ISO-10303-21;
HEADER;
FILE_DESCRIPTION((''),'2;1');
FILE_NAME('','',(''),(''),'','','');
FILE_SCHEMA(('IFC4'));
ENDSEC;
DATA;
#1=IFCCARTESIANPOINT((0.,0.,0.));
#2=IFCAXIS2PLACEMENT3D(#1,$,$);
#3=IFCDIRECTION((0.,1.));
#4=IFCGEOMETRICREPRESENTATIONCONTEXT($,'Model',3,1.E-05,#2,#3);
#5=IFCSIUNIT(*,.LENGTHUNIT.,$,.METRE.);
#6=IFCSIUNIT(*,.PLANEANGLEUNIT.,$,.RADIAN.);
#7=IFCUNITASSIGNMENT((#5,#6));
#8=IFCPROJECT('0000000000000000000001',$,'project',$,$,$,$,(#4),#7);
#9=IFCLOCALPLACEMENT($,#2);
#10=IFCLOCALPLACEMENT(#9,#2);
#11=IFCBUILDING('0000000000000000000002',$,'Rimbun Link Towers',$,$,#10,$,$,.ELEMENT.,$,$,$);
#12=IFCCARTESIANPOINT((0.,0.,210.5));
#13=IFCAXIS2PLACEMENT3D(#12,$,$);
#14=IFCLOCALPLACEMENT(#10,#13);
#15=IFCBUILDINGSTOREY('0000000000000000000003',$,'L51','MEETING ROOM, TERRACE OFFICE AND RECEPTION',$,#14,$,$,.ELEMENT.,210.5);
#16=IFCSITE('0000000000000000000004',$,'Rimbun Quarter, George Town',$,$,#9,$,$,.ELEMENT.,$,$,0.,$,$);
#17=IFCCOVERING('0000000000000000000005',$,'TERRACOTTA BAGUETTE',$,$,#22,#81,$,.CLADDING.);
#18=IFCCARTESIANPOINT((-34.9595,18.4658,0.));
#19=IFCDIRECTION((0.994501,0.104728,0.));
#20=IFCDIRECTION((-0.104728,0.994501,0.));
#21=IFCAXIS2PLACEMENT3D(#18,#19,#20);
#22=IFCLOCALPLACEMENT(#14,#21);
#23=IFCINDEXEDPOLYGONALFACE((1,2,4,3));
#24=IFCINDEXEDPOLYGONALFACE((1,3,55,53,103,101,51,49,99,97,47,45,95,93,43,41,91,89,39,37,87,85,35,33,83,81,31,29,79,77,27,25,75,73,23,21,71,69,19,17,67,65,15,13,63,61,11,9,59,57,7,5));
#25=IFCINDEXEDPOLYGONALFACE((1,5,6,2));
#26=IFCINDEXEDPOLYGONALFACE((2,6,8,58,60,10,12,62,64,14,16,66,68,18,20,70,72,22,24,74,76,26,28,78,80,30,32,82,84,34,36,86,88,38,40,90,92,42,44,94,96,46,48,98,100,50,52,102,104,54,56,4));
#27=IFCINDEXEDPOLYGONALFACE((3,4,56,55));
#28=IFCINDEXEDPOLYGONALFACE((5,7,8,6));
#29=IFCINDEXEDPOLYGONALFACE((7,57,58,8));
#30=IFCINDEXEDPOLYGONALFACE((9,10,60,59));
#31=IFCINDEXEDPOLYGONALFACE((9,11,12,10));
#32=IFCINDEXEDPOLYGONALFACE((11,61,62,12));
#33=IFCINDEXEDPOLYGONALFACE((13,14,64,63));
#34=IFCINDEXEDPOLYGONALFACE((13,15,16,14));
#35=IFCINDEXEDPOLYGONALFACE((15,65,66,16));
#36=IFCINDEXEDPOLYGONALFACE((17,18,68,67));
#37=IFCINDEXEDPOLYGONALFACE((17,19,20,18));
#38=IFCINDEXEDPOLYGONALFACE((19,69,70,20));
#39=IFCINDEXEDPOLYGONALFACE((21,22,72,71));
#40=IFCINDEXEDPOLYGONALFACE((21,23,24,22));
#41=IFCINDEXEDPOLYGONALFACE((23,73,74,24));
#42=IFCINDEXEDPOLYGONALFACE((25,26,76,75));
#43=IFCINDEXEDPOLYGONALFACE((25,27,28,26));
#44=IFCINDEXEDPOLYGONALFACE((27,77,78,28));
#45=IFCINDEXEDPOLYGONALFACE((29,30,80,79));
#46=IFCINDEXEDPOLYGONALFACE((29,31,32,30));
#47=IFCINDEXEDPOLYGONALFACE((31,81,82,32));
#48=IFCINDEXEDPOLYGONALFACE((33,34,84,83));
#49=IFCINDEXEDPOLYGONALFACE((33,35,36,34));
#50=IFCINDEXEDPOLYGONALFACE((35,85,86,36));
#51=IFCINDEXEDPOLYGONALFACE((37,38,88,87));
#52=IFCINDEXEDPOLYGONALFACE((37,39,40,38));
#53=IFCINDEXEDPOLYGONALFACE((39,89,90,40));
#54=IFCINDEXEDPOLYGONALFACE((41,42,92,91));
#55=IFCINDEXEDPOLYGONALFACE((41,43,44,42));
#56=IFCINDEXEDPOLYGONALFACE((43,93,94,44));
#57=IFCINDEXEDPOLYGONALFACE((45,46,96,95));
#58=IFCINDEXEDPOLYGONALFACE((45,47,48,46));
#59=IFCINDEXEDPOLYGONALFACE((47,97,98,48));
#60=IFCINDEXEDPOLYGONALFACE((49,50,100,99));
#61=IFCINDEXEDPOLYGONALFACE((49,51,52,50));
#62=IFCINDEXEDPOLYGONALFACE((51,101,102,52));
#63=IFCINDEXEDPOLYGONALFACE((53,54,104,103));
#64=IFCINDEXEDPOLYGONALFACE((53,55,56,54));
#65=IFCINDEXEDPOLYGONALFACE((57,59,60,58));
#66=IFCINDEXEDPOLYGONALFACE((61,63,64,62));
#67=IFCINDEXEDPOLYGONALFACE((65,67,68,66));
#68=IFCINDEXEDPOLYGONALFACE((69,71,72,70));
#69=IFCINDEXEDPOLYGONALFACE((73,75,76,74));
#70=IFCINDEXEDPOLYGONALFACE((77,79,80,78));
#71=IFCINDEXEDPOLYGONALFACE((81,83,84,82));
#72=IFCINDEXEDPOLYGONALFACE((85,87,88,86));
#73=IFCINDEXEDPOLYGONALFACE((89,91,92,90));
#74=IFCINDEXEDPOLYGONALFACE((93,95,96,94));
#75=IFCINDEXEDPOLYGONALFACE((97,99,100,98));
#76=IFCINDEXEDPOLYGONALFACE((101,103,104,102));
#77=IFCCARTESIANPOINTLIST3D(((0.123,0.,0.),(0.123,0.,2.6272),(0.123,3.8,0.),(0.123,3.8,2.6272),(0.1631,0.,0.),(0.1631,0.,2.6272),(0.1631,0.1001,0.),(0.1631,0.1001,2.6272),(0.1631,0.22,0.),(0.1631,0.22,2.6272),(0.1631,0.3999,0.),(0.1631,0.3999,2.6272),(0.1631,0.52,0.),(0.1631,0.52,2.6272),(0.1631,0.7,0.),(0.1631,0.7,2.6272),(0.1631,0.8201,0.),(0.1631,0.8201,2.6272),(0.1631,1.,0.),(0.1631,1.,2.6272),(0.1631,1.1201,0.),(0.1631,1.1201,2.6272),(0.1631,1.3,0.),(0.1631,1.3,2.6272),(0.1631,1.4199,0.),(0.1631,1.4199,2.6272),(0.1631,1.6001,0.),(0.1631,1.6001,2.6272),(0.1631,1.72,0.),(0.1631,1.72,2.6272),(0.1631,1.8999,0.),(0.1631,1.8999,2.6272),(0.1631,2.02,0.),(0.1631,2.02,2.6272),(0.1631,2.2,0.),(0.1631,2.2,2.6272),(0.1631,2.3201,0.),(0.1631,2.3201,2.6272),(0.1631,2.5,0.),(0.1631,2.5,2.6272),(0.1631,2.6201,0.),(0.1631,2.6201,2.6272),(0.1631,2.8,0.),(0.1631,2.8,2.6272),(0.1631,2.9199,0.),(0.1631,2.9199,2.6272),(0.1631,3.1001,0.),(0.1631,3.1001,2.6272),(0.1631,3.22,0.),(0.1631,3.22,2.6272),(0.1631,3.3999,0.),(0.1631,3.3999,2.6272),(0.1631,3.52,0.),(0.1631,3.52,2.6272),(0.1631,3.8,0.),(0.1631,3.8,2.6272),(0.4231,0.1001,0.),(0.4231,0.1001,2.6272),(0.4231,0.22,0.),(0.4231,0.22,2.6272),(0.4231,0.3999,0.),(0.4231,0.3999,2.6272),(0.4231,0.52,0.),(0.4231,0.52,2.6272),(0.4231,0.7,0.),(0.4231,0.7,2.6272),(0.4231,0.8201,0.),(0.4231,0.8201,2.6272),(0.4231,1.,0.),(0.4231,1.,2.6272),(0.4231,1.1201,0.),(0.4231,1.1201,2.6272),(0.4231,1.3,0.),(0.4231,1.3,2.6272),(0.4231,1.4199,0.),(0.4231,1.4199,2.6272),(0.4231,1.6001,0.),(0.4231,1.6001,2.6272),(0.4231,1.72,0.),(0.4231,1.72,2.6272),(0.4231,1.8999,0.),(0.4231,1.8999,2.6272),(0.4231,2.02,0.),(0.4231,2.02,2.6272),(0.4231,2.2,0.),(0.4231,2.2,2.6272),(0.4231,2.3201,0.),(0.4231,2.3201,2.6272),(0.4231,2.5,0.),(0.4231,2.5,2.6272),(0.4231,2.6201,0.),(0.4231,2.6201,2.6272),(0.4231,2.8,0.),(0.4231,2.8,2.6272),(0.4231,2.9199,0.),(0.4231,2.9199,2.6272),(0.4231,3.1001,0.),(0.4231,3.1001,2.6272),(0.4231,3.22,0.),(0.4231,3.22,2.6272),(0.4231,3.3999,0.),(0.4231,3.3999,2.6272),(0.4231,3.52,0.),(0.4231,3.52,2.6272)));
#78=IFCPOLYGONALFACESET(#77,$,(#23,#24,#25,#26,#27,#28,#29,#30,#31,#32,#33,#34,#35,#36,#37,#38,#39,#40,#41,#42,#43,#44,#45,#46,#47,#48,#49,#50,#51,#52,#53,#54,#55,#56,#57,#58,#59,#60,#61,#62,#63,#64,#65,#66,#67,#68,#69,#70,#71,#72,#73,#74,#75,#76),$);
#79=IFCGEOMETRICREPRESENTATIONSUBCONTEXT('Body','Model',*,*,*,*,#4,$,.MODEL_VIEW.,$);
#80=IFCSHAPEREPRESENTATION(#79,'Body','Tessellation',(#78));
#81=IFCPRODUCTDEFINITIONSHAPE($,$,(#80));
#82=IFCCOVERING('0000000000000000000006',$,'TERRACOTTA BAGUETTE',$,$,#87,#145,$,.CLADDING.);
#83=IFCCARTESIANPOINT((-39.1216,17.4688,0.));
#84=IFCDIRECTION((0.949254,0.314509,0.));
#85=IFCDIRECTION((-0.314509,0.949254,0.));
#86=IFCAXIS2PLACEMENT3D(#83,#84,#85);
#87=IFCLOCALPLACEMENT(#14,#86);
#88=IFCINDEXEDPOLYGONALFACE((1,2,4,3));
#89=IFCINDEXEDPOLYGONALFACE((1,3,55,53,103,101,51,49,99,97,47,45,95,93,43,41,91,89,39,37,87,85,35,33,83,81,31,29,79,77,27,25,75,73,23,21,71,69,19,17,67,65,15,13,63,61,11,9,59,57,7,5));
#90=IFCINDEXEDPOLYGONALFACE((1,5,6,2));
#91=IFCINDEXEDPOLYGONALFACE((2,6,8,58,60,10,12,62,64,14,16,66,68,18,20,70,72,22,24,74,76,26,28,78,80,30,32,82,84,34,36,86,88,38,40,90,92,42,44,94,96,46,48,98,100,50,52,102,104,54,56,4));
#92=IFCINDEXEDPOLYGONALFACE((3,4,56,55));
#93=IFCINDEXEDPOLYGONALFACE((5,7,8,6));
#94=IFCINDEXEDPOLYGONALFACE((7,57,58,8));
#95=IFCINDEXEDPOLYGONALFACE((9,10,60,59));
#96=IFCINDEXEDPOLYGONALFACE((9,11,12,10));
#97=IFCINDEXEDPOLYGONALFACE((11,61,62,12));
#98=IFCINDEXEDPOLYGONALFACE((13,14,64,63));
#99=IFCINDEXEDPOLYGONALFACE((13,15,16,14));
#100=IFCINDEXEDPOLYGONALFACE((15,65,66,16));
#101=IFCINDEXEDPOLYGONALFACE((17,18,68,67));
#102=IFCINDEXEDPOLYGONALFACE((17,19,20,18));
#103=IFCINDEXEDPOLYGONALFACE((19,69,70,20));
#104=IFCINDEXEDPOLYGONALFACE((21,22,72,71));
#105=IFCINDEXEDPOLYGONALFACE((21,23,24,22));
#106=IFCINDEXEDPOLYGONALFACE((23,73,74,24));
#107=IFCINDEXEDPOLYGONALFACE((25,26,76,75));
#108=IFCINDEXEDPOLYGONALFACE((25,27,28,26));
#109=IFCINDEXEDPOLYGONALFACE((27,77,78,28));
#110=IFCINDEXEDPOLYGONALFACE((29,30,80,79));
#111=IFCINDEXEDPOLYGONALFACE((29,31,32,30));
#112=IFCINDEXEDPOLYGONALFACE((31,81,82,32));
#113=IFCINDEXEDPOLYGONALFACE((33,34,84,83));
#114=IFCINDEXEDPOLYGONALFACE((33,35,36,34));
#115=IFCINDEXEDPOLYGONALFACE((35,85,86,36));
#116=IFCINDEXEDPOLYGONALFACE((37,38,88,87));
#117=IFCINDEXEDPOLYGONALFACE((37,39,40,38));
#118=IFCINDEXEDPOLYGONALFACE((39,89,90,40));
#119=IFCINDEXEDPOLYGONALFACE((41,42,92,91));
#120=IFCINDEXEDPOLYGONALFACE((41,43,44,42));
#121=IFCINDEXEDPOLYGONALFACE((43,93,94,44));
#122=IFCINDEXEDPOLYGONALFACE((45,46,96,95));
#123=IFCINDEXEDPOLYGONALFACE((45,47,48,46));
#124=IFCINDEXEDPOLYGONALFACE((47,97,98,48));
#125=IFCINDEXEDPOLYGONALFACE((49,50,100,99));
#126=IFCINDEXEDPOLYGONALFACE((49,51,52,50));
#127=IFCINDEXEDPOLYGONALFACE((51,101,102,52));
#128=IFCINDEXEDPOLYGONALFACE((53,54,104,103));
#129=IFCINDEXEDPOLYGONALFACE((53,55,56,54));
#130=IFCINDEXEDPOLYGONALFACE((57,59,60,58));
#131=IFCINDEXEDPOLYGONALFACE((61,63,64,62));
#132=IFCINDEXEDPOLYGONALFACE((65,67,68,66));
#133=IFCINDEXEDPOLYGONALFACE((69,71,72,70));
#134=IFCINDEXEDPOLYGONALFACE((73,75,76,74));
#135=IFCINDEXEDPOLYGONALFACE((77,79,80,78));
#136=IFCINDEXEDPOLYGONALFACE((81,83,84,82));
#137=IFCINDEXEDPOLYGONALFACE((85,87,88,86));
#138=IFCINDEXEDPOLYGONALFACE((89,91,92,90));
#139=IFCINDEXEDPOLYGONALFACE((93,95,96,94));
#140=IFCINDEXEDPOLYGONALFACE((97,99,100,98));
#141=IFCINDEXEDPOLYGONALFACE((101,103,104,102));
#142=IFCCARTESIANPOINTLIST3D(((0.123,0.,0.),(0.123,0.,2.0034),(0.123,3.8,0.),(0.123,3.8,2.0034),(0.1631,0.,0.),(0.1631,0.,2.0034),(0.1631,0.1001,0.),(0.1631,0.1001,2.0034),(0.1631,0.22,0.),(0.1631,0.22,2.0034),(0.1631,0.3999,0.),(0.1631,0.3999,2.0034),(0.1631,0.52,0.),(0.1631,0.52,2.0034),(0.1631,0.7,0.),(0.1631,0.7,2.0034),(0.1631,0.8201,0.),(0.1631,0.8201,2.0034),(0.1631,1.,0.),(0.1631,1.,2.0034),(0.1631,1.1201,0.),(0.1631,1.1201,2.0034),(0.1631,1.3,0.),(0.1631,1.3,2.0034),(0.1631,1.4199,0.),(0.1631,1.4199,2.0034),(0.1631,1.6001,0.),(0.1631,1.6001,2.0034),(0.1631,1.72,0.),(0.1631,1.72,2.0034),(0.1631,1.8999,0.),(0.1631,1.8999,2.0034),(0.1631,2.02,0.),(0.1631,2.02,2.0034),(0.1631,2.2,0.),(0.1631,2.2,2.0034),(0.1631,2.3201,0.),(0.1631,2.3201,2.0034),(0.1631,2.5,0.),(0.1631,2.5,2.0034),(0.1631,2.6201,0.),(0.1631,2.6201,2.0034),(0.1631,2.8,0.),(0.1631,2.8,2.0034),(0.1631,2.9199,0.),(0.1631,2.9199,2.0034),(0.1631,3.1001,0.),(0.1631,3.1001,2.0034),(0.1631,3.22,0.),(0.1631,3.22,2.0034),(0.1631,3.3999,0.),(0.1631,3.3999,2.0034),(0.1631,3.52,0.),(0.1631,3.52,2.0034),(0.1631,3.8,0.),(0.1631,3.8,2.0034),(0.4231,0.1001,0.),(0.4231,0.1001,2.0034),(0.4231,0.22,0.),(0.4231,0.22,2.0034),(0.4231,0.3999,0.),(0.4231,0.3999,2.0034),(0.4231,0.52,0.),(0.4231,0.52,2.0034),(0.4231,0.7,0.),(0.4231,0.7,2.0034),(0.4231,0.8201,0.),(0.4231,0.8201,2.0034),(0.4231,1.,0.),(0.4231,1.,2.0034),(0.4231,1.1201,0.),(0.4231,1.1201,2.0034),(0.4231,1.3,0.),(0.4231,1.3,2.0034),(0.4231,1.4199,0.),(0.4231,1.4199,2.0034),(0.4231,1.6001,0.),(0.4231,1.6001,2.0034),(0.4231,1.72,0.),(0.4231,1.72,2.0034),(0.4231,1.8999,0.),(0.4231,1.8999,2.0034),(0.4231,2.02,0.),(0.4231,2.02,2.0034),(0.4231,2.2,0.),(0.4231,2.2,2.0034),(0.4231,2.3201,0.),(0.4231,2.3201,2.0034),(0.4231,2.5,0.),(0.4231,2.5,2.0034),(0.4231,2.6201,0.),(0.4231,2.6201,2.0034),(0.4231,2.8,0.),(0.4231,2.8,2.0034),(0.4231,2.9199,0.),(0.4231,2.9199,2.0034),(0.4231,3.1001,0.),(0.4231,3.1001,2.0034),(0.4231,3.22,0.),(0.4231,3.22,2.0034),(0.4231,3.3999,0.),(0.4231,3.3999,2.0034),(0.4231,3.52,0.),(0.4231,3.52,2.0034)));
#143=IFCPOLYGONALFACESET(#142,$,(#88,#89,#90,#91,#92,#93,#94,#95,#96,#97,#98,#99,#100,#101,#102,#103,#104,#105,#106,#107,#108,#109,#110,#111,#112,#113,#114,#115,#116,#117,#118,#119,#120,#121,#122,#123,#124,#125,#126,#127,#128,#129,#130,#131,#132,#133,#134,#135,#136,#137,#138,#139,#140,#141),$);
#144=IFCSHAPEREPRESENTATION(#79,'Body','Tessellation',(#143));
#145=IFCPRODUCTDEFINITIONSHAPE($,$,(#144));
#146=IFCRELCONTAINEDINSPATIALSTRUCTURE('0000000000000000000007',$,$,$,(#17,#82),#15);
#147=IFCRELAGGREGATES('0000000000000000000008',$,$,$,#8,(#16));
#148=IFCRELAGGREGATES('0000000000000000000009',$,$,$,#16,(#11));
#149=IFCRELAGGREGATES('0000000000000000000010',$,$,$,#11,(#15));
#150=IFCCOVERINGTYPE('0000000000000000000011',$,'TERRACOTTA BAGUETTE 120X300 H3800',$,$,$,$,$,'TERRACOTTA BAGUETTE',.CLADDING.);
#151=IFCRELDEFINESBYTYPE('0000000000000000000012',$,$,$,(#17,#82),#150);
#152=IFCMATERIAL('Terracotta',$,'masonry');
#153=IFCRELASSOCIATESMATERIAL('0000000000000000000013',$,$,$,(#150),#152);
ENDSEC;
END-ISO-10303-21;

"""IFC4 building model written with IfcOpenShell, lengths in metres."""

from ifc_helpers import new_model, si_unit, direction, frame, origin, place, context, subcontext, project, spatial, polyline, outline, extrude, material, material_profile, profile_set, type_object, element, save


model = new_model("IFC4")

# Units and contexts
model_context = context("Model", 3, precision=1e-05, world=origin(), true_north=direction((0.0, 1.0)))
body_context = subcontext(model_context, "Body", "Model", "MODEL_VIEW")
ifc_project = project(units=[si_unit("LENGTHUNIT", "METRE"), si_unit("PLANEANGLEUNIT", "RADIAN")], contexts=[model_context])

# Site, building, storey
site_placement = place(None, origin())
site = spatial("IfcSite", under=ifc_project, at=site_placement, Name="Rimbun Quarter, George Town", CompositionType="ELEMENT", RefElevation=0.0)
building_placement = place(site_placement, origin())
building = spatial("IfcBuilding", under=site, at=building_placement, Name="Rimbun Link Towers", CompositionType="ELEMENT")
storey_placement = place(building_placement, frame((0.0, 0.0, 210.5)))
storey = spatial("IfcBuildingStorey", under=building, at=storey_placement, Name="L51", Description="MEETING ROOM, TERRACE OFFICE AND RECEPTION", CompositionType="ELEMENT", Elevation=210.5)

# Coverings
ifc_material_1 = material(Name="Terracotta", Category="masonry")
ifc_material_profile_1 = material_profile(ifc_material_1, outline(polyline([(0.123, 0.0), (0.1631, 0.0), (0.1631, 0.1001), (0.4231, 0.1001), (0.4231, 0.22), (0.1631, 0.22), (0.1631, 0.3999), (0.4231, 0.3999), (0.4231, 0.52), (0.1631, 0.52), (0.1631, 0.7), (0.4231, 0.7), (0.4231, 0.8201), (0.1631, 0.8201), (0.1631, 1.0), (0.4231, 1.0), (0.4231, 1.1201), (0.1631, 1.1201), (0.1631, 1.3), (0.4231, 1.3), (0.4231, 1.4199), (0.1631, 1.4199), (0.1631, 1.6001), (0.4231, 1.6001), (0.4231, 1.72), (0.1631, 1.72), (0.1631, 1.8999), (0.4231, 1.8999), (0.4231, 2.02), (0.1631, 2.02), (0.1631, 2.2), (0.4231, 2.2), (0.4231, 2.3201), (0.1631, 2.3201), (0.1631, 2.5), (0.4231, 2.5), (0.4231, 2.6201), (0.1631, 2.6201), (0.1631, 2.8), (0.4231, 2.8), (0.4231, 2.9199), (0.1631, 2.9199), (0.1631, 3.1001), (0.4231, 3.1001), (0.4231, 3.22), (0.1631, 3.22), (0.1631, 3.3999), (0.4231, 3.3999), (0.4231, 3.52), (0.1631, 3.52), (0.1631, 3.8), (0.123, 3.8), (0.123, 0.0)])), Name="BAGUETTE 120X300")
ifc_profile_set_1 = profile_set([ifc_material_profile_1], Name="Terracotta")
covering_type = type_object("IfcCoveringType", Name="TERRACOTTA BAGUETTE 120X300 H3800", ElementType="TERRACOTTA BAGUETTE", PredefinedType="CLADDING", material=ifc_profile_set_1)
covering_1_placement = place(storey_placement, frame((-34.9595, 18.4658, 0.0), z_axis=(0.994501, 0.104728, 0.0), x_axis=(-0.104728, 0.994501, 0.0)))
element("IfcCovering", 1, at=covering_1_placement, inside=storey, type_object=covering_type, Name="TERRACOTTA BAGUETTE", PredefinedType="CLADDING", context=body_context, shape_type="SweptSolid", body=[
    extrude(outline(polyline([(0.123, 0.0), (0.1631, 0.0), (0.1631, 0.1001), (0.4231, 0.1001), (0.4231, 0.22), (0.1631, 0.22), (0.1631, 0.3999), (0.4231, 0.3999), (0.4231, 0.52), (0.1631, 0.52), (0.1631, 0.7), (0.4231, 0.7), (0.4231, 0.8201), (0.1631, 0.8201), (0.1631, 1.0), (0.4231, 1.0), (0.4231, 1.1201), (0.1631, 1.1201), (0.1631, 1.3), (0.4231, 1.3), (0.4231, 1.4199), (0.1631, 1.4199), (0.1631, 1.6001), (0.4231, 1.6001), (0.4231, 1.72), (0.1631, 1.72), (0.1631, 1.8999), (0.4231, 1.8999), (0.4231, 2.02), (0.1631, 2.02), (0.1631, 2.2), (0.4231, 2.2), (0.4231, 2.3201), (0.1631, 2.3201), (0.1631, 2.5), (0.4231, 2.5), (0.4231, 2.6201), (0.1631, 2.6201), (0.1631, 2.8), (0.4231, 2.8), (0.4231, 2.9199), (0.1631, 2.9199), (0.1631, 3.1001), (0.4231, 3.1001), (0.4231, 3.22), (0.1631, 3.22), (0.1631, 3.3999), (0.4231, 3.3999), (0.4231, 3.52), (0.1631, 3.52), (0.1631, 3.8), (0.123, 3.8), (0.123, 0.0)])), origin(), (0.0, 0.0, 1.0), 2.6272),
])
covering_2_placement = place(storey_placement, frame((-39.1216, 17.4688, 0.0), z_axis=(0.949254, 0.314509, 0.0), x_axis=(-0.314509, 0.949254, 0.0)))
element("IfcCovering", 2, at=covering_2_placement, inside=storey, type_object=covering_type, Name="TERRACOTTA BAGUETTE", PredefinedType="CLADDING", context=body_context, shape_type="SweptSolid", body=[
    extrude(outline(polyline([(0.123, 0.0), (0.1631, 0.0), (0.1631, 0.1001), (0.4231, 0.1001), (0.4231, 0.22), (0.1631, 0.22), (0.1631, 0.3999), (0.4231, 0.3999), (0.4231, 0.52), (0.1631, 0.52), (0.1631, 0.7), (0.4231, 0.7), (0.4231, 0.8201), (0.1631, 0.8201), (0.1631, 1.0), (0.4231, 1.0), (0.4231, 1.1201), (0.1631, 1.1201), (0.1631, 1.3), (0.4231, 1.3), (0.4231, 1.4199), (0.1631, 1.4199), (0.1631, 1.6001), (0.4231, 1.6001), (0.4231, 1.72), (0.1631, 1.72), (0.1631, 1.8999), (0.4231, 1.8999), (0.4231, 2.02), (0.1631, 2.02), (0.1631, 2.2), (0.4231, 2.2), (0.4231, 2.3201), (0.1631, 2.3201), (0.1631, 2.5), (0.4231, 2.5), (0.4231, 2.6201), (0.1631, 2.6201), (0.1631, 2.8), (0.4231, 2.8), (0.4231, 2.9199), (0.1631, 2.9199), (0.1631, 3.1001), (0.4231, 3.1001), (0.4231, 3.22), (0.1631, 3.22), (0.1631, 3.3999), (0.4231, 3.3999), (0.4231, 3.52), (0.1631, 3.52), (0.1631, 3.8), (0.123, 3.8), (0.123, 0.0)])), origin(), (0.0, 0.0, 1.0), 2.0034),
])

save(model, "model.ifc")
